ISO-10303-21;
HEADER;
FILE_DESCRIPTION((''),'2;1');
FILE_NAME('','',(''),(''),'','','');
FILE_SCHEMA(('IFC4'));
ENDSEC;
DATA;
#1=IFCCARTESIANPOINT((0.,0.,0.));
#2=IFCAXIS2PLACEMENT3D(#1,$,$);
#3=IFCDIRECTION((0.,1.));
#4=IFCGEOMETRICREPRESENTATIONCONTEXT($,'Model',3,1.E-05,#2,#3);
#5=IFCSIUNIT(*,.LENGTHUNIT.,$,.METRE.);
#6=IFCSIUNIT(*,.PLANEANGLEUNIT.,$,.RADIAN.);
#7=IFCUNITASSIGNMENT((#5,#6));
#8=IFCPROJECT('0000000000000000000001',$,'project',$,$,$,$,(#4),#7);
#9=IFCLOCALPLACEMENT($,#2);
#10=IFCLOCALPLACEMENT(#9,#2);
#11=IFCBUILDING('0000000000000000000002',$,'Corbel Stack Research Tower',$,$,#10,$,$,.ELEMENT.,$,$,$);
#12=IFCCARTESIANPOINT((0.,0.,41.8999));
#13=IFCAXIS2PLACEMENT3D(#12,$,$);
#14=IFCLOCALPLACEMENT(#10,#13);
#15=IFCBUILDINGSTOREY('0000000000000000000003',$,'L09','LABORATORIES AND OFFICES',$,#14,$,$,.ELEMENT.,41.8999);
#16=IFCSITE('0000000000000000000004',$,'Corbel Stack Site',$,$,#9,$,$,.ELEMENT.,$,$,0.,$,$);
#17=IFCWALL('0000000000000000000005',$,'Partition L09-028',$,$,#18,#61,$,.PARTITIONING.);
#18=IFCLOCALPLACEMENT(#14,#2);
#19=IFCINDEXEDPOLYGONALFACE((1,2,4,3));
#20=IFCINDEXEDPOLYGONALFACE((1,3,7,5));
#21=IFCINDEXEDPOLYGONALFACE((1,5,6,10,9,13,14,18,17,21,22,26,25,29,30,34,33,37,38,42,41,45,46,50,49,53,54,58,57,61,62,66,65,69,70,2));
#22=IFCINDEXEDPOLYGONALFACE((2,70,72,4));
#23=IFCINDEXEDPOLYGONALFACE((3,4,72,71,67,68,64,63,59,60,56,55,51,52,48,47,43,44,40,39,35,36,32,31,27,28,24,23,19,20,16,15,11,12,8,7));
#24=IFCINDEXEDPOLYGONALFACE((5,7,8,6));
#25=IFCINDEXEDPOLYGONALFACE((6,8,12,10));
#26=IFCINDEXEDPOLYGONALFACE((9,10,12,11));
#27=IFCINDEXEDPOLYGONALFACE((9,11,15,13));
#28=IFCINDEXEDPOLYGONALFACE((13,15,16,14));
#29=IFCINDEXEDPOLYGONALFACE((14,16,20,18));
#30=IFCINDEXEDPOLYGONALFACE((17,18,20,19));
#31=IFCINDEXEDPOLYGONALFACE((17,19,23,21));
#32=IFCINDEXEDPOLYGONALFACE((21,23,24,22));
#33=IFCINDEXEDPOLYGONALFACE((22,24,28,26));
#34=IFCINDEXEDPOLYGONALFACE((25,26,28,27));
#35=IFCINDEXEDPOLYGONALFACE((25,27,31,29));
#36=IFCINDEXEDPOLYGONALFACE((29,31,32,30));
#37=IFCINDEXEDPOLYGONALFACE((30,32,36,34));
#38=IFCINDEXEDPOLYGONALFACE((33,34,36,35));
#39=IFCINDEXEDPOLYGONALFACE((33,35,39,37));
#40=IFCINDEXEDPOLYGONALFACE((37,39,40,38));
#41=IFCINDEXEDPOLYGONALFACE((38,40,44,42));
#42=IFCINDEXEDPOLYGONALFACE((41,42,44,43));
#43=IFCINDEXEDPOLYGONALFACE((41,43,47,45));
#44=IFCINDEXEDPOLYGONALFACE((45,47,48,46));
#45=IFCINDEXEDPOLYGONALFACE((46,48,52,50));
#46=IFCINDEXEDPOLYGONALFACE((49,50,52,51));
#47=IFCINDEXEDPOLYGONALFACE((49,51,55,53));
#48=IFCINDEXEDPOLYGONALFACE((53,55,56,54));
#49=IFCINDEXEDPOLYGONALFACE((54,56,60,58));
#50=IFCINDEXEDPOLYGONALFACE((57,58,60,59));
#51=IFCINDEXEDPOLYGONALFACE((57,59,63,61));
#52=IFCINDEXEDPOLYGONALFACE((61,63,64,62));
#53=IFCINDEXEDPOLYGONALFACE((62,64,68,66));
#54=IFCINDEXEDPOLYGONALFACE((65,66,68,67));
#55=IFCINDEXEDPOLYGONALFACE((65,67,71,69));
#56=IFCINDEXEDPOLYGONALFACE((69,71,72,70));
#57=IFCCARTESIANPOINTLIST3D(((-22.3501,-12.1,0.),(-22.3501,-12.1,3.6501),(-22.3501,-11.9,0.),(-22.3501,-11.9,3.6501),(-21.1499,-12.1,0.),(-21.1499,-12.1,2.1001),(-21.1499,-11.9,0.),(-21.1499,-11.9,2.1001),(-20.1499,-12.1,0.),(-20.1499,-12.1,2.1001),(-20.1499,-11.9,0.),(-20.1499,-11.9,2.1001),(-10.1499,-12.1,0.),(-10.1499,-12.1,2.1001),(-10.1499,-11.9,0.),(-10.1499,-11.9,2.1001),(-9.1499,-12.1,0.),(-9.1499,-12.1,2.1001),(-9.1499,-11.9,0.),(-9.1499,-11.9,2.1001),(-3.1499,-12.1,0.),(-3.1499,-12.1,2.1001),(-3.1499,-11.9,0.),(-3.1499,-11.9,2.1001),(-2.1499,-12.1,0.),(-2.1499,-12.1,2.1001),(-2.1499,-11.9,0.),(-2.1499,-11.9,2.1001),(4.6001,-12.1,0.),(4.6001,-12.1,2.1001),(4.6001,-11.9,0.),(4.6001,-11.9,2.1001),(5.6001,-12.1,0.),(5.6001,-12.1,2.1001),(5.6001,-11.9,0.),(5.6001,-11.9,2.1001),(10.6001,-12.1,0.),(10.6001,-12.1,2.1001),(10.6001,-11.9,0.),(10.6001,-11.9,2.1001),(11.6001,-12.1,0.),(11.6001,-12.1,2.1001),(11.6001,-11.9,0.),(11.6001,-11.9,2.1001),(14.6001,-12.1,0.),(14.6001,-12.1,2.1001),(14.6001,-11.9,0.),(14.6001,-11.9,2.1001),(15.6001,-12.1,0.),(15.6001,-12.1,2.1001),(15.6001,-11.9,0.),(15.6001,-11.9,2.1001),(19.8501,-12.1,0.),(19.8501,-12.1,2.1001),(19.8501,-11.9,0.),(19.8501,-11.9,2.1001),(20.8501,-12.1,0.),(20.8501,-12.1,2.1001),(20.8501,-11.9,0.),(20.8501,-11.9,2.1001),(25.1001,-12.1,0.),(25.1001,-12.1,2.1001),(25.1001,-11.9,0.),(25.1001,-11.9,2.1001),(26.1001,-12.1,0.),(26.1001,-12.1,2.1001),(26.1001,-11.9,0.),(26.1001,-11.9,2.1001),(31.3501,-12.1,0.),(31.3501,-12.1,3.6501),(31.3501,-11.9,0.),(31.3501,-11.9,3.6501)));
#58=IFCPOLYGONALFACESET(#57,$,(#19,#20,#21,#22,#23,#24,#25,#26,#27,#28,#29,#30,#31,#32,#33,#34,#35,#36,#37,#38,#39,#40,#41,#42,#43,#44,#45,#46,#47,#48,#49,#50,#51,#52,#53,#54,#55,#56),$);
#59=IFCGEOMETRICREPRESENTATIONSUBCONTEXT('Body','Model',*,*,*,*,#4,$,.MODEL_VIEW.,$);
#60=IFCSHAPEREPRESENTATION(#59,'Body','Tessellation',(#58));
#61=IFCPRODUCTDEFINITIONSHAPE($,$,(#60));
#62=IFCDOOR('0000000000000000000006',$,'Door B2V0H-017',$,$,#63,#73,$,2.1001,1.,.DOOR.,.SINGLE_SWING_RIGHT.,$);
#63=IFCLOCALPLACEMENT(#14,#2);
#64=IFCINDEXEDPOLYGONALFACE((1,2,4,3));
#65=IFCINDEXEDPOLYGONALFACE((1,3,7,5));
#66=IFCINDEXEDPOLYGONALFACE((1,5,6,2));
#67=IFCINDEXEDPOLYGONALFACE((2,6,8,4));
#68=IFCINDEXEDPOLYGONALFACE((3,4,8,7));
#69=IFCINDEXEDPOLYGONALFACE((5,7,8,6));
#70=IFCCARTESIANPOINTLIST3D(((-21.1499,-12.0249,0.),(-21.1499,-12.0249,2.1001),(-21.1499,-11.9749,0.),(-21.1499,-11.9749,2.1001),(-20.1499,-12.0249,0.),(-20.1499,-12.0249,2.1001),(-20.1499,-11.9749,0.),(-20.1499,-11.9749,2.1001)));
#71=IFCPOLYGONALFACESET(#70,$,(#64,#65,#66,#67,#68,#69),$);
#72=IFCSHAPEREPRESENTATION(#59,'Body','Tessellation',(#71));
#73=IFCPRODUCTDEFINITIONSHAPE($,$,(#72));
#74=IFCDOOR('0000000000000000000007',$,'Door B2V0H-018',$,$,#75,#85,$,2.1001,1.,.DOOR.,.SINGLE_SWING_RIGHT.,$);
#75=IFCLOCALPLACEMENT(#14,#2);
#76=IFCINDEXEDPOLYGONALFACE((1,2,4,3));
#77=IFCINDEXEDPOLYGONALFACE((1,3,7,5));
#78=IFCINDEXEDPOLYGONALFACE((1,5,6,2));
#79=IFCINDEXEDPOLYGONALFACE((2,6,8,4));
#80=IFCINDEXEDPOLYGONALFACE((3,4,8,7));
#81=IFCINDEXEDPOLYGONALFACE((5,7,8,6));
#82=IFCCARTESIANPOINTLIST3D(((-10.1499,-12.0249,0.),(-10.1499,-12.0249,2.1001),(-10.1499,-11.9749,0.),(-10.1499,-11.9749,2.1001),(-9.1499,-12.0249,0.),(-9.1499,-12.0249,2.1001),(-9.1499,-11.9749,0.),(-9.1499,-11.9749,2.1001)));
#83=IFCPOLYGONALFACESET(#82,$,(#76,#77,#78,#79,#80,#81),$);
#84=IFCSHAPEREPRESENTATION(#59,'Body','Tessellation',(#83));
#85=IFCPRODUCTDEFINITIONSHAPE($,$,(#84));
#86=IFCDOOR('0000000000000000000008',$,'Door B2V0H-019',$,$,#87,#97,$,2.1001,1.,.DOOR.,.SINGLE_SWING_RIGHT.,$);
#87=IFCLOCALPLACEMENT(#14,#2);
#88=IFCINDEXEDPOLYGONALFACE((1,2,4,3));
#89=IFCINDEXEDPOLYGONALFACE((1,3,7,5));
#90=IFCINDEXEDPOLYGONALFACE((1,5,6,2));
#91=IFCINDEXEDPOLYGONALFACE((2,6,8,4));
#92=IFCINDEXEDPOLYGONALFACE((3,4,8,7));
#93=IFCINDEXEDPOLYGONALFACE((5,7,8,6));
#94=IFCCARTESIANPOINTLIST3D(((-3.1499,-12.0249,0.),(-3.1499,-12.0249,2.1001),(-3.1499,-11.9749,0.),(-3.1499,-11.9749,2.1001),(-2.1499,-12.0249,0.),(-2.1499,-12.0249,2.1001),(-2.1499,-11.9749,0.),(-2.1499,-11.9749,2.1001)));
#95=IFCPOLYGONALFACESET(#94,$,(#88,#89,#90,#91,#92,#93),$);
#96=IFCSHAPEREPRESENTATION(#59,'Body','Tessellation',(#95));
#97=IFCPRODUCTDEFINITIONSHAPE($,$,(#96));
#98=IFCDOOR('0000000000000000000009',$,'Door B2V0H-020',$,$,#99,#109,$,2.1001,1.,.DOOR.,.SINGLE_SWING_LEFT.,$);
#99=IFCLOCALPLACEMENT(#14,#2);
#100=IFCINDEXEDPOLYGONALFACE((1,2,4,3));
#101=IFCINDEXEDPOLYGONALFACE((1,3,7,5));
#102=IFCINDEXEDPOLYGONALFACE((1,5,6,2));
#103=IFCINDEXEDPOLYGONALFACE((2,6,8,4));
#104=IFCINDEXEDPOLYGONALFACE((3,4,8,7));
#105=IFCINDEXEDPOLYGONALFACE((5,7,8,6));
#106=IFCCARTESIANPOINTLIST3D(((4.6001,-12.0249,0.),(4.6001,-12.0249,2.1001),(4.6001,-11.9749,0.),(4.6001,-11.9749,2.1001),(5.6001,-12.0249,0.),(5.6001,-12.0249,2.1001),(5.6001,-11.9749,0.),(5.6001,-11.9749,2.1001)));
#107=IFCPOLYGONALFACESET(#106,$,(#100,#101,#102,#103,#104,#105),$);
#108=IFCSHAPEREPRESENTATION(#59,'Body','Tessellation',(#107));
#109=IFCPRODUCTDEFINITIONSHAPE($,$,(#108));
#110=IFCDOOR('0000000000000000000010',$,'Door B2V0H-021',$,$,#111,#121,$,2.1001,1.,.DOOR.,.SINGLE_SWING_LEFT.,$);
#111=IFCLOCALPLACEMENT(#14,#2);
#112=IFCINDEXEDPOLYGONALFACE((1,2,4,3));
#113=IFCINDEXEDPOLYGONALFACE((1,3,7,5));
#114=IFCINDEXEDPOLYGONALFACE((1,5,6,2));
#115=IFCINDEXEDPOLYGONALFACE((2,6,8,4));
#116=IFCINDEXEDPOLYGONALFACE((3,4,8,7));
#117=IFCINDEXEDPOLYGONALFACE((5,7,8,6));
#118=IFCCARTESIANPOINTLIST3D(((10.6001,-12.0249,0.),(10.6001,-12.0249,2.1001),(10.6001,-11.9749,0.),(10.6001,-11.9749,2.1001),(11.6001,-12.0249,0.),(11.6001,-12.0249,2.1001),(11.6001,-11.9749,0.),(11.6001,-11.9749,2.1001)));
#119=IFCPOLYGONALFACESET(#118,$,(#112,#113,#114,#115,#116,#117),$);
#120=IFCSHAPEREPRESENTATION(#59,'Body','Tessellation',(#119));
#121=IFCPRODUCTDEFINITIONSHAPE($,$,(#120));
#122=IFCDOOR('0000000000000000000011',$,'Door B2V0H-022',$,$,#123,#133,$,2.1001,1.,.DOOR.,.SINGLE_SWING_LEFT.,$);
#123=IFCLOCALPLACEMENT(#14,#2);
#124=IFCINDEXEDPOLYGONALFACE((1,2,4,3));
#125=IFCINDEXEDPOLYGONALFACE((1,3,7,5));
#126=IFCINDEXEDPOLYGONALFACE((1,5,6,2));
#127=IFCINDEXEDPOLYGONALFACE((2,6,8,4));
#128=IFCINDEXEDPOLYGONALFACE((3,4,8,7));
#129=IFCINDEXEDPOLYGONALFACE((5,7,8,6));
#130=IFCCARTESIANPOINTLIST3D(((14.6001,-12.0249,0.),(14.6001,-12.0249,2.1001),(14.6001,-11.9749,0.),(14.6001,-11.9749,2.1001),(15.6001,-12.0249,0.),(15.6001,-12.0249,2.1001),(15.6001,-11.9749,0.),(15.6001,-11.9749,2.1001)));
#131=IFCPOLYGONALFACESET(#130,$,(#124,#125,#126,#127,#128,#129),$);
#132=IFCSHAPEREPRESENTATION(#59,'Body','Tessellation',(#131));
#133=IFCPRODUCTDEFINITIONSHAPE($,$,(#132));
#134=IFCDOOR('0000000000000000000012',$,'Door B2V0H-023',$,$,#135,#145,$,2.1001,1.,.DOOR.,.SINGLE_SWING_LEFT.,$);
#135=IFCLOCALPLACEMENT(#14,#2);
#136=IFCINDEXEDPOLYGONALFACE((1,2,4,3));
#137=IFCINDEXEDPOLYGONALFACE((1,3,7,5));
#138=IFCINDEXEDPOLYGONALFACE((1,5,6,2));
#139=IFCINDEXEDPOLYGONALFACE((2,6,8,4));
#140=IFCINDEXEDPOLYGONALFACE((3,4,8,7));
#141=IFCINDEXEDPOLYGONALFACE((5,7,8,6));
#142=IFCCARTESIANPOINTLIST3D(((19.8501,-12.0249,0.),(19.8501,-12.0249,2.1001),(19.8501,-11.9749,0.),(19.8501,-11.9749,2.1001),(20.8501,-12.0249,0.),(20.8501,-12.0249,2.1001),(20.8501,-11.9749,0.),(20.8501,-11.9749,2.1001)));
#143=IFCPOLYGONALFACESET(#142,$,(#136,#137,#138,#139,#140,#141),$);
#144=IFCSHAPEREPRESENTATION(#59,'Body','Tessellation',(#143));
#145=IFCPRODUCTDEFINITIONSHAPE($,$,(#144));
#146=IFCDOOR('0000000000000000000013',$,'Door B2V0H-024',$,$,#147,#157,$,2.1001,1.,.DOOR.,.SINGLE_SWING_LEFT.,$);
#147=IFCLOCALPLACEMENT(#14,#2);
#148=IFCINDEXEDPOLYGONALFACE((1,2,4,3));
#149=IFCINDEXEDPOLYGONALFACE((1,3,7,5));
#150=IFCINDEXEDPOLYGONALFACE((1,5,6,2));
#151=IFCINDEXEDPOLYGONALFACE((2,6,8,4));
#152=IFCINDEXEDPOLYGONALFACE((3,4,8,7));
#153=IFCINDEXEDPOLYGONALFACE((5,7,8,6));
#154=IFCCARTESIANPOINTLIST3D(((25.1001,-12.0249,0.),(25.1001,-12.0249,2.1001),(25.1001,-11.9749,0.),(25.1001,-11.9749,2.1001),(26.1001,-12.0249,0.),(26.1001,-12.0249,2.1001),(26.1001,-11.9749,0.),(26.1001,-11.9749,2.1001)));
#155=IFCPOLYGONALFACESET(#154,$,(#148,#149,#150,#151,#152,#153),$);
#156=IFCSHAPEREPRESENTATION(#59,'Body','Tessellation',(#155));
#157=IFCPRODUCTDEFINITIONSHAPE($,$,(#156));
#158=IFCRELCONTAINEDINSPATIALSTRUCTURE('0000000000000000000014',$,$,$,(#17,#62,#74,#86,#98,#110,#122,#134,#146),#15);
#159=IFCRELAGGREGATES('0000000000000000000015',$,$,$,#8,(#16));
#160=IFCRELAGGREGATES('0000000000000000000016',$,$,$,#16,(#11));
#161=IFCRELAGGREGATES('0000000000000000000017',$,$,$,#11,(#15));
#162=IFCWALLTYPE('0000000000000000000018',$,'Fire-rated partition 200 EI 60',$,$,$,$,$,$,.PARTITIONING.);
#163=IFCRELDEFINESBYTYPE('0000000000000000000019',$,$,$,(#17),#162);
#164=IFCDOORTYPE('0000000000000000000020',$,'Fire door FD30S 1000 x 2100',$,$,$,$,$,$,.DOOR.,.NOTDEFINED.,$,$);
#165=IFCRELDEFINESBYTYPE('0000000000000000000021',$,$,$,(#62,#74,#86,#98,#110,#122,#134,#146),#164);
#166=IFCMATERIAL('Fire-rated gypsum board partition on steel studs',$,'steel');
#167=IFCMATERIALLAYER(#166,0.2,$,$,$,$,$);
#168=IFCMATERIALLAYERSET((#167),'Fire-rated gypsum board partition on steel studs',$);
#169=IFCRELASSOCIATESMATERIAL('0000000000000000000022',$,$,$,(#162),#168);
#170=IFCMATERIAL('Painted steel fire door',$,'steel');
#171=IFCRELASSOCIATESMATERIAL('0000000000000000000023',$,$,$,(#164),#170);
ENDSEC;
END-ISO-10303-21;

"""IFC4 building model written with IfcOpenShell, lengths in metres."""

from ifc_helpers import new_model, si_unit, direction, frame, frame_2d, origin, place, context, subcontext, project, spatial, rectangle, extrude, material, layer, layer_set, type_object, element, fill, save


model = new_model("IFC4")

# Units and contexts
model_context = context("Model", 3, precision=1e-05, world=origin(), true_north=direction((0.0, 1.0)))
body_context = subcontext(model_context, "Body", "Model", "MODEL_VIEW")
ifc_project = project(units=[si_unit("LENGTHUNIT", "METRE"), si_unit("PLANEANGLEUNIT", "RADIAN")], contexts=[model_context])

# Site, building, storey
site_placement = place(None, origin())
site = spatial("IfcSite", under=ifc_project, at=site_placement, Name="Corbel Stack Site", CompositionType="ELEMENT", RefElevation=0.0)
building_placement = place(site_placement, origin())
building = spatial("IfcBuilding", under=site, at=building_placement, Name="Corbel Stack Research Tower", CompositionType="ELEMENT")
storey_placement = place(building_placement, frame((0.0, 0.0, 41.8999)))
storey = spatial("IfcBuildingStorey", under=building, at=storey_placement, Name="L09", Description="LABORATORIES AND OFFICES", CompositionType="ELEMENT", Elevation=41.8999)

# Shared definitions
ifc_material_1 = material(Name="Fire-rated gypsum board partition on steel studs", Category="steel")
ifc_layer_1 = layer(ifc_material_1, 0.2)
ifc_layer_set_1 = layer_set([ifc_layer_1], Name="Fire-rated gypsum board partition on steel studs")
wall_type_1 = type_object("IfcWallType", Name="Fire-rated partition 200 EI 60", PredefinedType="PARTITIONING", material=ifc_layer_set_1)

# Wall, openings, doors
wall_1_placement = place(storey_placement, frame((31.3501, -12.0, 0.0), z_axis=(0.0, 0.0, 1.0), x_axis=(-1.0, 0.0, 0.0)))
wall_1 = element("IfcWall", 1, at=wall_1_placement, inside=storey, type_object=wall_type_1, Name="Partition L09-028", PredefinedType="PARTITIONING", context=body_context, shape_type="SweptSolid", body=[
    extrude(rectangle(XDim=53.7002, YDim=0.2, at=frame_2d((26.8501, 0.0))), origin(), (0.0, 0.0, 1.0), 3.6501),
])
opening_1_placement = place(wall_1_placement, frame((51.5, 0.0, 0.0)))
opening_1 = element("IfcOpeningElement", 2, at=opening_1_placement, cuts=wall_1, PredefinedType="OPENING", context=body_context, shape_type="SweptSolid", body=[
    extrude(rectangle(XDim=1.0, YDim=2.1001, at=frame_2d((0.5, 1.05))), frame((0.0, 0.1099, 0.0), z_axis=(0.0, -1.0, 0.0), x_axis=(1.0, 0.0, 0.0)), (0.0, 0.0, 1.0), 0.22),
])
opening_2_placement = place(wall_1_placement, frame((40.5, 0.0, 0.0)))
opening_2 = element("IfcOpeningElement", 3, at=opening_2_placement, cuts=wall_1, PredefinedType="OPENING", context=body_context, shape_type="SweptSolid", body=[
    extrude(rectangle(XDim=1.0, YDim=2.1001, at=frame_2d((0.5, 1.05))), frame((0.0, 0.1099, 0.0), z_axis=(0.0, -1.0, 0.0), x_axis=(1.0, 0.0, 0.0)), (0.0, 0.0, 1.0), 0.22),
])
opening_3_placement = place(wall_1_placement, frame((33.5, 0.0, 0.0)))
opening_3 = element("IfcOpeningElement", 4, at=opening_3_placement, cuts=wall_1, PredefinedType="OPENING", context=body_context, shape_type="SweptSolid", body=[
    extrude(rectangle(XDim=1.0, YDim=2.1001, at=frame_2d((0.5, 1.05))), frame((0.0, 0.1099, 0.0), z_axis=(0.0, -1.0, 0.0), x_axis=(1.0, 0.0, 0.0)), (0.0, 0.0, 1.0), 0.22),
])
opening_4_placement = place(wall_1_placement, frame((25.75, 0.0, 0.0)))
opening_4 = element("IfcOpeningElement", 5, at=opening_4_placement, cuts=wall_1, PredefinedType="OPENING", context=body_context, shape_type="SweptSolid", body=[
    extrude(rectangle(XDim=1.0, YDim=2.1001, at=frame_2d((0.5, 1.05))), frame((0.0, 0.1099, 0.0), z_axis=(0.0, -1.0, 0.0), x_axis=(1.0, 0.0, 0.0)), (0.0, 0.0, 1.0), 0.22),
])
opening_5_placement = place(wall_1_placement, frame((19.75, 0.0, 0.0)))
opening_5 = element("IfcOpeningElement", 6, at=opening_5_placement, cuts=wall_1, PredefinedType="OPENING", context=body_context, shape_type="SweptSolid", body=[
    extrude(rectangle(XDim=1.0, YDim=2.1001, at=frame_2d((0.5, 1.05))), frame((0.0, 0.1099, 0.0), z_axis=(0.0, -1.0, 0.0), x_axis=(1.0, 0.0, 0.0)), (0.0, 0.0, 1.0), 0.22),
])
opening_6_placement = place(wall_1_placement, frame((15.75, 0.0, 0.0)))
opening_6 = element("IfcOpeningElement", 7, at=opening_6_placement, cuts=wall_1, PredefinedType="OPENING", context=body_context, shape_type="SweptSolid", body=[
    extrude(rectangle(XDim=1.0, YDim=2.1001, at=frame_2d((0.5, 1.05))), frame((0.0, 0.1099, 0.0), z_axis=(0.0, -1.0, 0.0), x_axis=(1.0, 0.0, 0.0)), (0.0, 0.0, 1.0), 0.22),
])
opening_7_placement = place(wall_1_placement, frame((10.5, 0.0, 0.0)))
opening_7 = element("IfcOpeningElement", 8, at=opening_7_placement, cuts=wall_1, PredefinedType="OPENING", context=body_context, shape_type="SweptSolid", body=[
    extrude(rectangle(XDim=1.0, YDim=2.1001, at=frame_2d((0.5, 1.05))), frame((0.0, 0.1099, 0.0), z_axis=(0.0, -1.0, 0.0), x_axis=(1.0, 0.0, 0.0)), (0.0, 0.0, 1.0), 0.22),
])
opening_8_placement = place(wall_1_placement, frame((5.25, 0.0, 0.0)))
opening_8 = element("IfcOpeningElement", 9, at=opening_8_placement, cuts=wall_1, PredefinedType="OPENING", context=body_context, shape_type="SweptSolid", body=[
    extrude(rectangle(XDim=1.0, YDim=2.1001, at=frame_2d((0.5, 1.05))), frame((0.0, 0.1099, 0.0), z_axis=(0.0, -1.0, 0.0), x_axis=(1.0, 0.0, 0.0)), (0.0, 0.0, 1.0), 0.22),
])
ifc_material_2 = material(Name="Painted steel fire door", Category="steel")
door_type_1 = type_object("IfcDoorType", Name="Fire door FD30S 1000 x 2100", OperationType="NOTDEFINED", PredefinedType="DOOR", material=ifc_material_2)
door_1_placement = place(opening_1_placement, origin())
door_1 = element("IfcDoor", 10, at=door_1_placement, inside=storey, type_object=door_type_1, Name="Door B2V0H-017", OperationType="SINGLE_SWING_RIGHT", OverallHeight=2.1001, OverallWidth=1.0, PredefinedType="DOOR", context=body_context, shape_type="SweptSolid", body=[
    extrude(rectangle(XDim=1.0, YDim=2.1001, at=frame_2d((0.5, 1.05))), frame((0.0, 0.0249, 0.0), z_axis=(0.0, -1.0, 0.0), x_axis=(1.0, 0.0, 0.0)), (0.0, 0.0, 1.0), 0.05),
])
fill(opening_1, door_1)
door_2_placement = place(opening_2_placement, origin())
door_2 = element("IfcDoor", 11, at=door_2_placement, inside=storey, type_object=door_type_1, Name="Door B2V0H-018", OperationType="SINGLE_SWING_RIGHT", OverallHeight=2.1001, OverallWidth=1.0, PredefinedType="DOOR", context=body_context, shape_type="SweptSolid", body=[
    extrude(rectangle(XDim=1.0, YDim=2.1001, at=frame_2d((0.5, 1.05))), frame((0.0, 0.0249, 0.0), z_axis=(0.0, -1.0, 0.0), x_axis=(1.0, 0.0, 0.0)), (0.0, 0.0, 1.0), 0.05),
])
fill(opening_2, door_2)
door_3_placement = place(opening_3_placement, origin())
door_3 = element("IfcDoor", 12, at=door_3_placement, inside=storey, type_object=door_type_1, Name="Door B2V0H-019", OperationType="SINGLE_SWING_RIGHT", OverallHeight=2.1001, OverallWidth=1.0, PredefinedType="DOOR", context=body_context, shape_type="SweptSolid", body=[
    extrude(rectangle(XDim=1.0, YDim=2.1001, at=frame_2d((0.5, 1.05))), frame((0.0, 0.0249, 0.0), z_axis=(0.0, -1.0, 0.0), x_axis=(1.0, 0.0, 0.0)), (0.0, 0.0, 1.0), 0.05),
])
fill(opening_3, door_3)
door_4_placement = place(opening_4_placement, origin())
door_4 = element("IfcDoor", 13, at=door_4_placement, inside=storey, type_object=door_type_1, Name="Door B2V0H-020", OperationType="SINGLE_SWING_LEFT", OverallHeight=2.1001, OverallWidth=1.0, PredefinedType="DOOR", context=body_context, shape_type="SweptSolid", body=[
    extrude(rectangle(XDim=1.0, YDim=2.1001, at=frame_2d((0.5, 1.05))), frame((0.0, 0.0249, 0.0), z_axis=(0.0, -1.0, 0.0), x_axis=(1.0, 0.0, 0.0)), (0.0, 0.0, 1.0), 0.05),
])
fill(opening_4, door_4)
door_5_placement = place(opening_5_placement, origin())
door_5 = element("IfcDoor", 14, at=door_5_placement, inside=storey, type_object=door_type_1, Name="Door B2V0H-021", OperationType="SINGLE_SWING_LEFT", OverallHeight=2.1001, OverallWidth=1.0, PredefinedType="DOOR", context=body_context, shape_type="SweptSolid", body=[
    extrude(rectangle(XDim=1.0, YDim=2.1001, at=frame_2d((0.5, 1.05))), frame((0.0, 0.0249, 0.0), z_axis=(0.0, -1.0, 0.0), x_axis=(1.0, 0.0, 0.0)), (0.0, 0.0, 1.0), 0.05),
])
fill(opening_5, door_5)
door_6_placement = place(opening_6_placement, origin())
door_6 = element("IfcDoor", 15, at=door_6_placement, inside=storey, type_object=door_type_1, Name="Door B2V0H-022", OperationType="SINGLE_SWING_LEFT", OverallHeight=2.1001, OverallWidth=1.0, PredefinedType="DOOR", context=body_context, shape_type="SweptSolid", body=[
    extrude(rectangle(XDim=1.0, YDim=2.1001, at=frame_2d((0.5, 1.05))), frame((0.0, 0.0249, 0.0), z_axis=(0.0, -1.0, 0.0), x_axis=(1.0, 0.0, 0.0)), (0.0, 0.0, 1.0), 0.05),
])
fill(opening_6, door_6)
door_7_placement = place(opening_7_placement, origin())
door_7 = element("IfcDoor", 16, at=door_7_placement, inside=storey, type_object=door_type_1, Name="Door B2V0H-023", OperationType="SINGLE_SWING_LEFT", OverallHeight=2.1001, OverallWidth=1.0, PredefinedType="DOOR", context=body_context, shape_type="SweptSolid", body=[
    extrude(rectangle(XDim=1.0, YDim=2.1001, at=frame_2d((0.5, 1.05))), frame((0.0, 0.0249, 0.0), z_axis=(0.0, -1.0, 0.0), x_axis=(1.0, 0.0, 0.0)), (0.0, 0.0, 1.0), 0.05),
])
fill(opening_7, door_7)
door_8_placement = place(opening_8_placement, origin())
door_8 = element("IfcDoor", 17, at=door_8_placement, inside=storey, type_object=door_type_1, Name="Door B2V0H-024", OperationType="SINGLE_SWING_LEFT", OverallHeight=2.1001, OverallWidth=1.0, PredefinedType="DOOR", context=body_context, shape_type="SweptSolid", body=[
    extrude(rectangle(XDim=1.0, YDim=2.1001, at=frame_2d((0.5, 1.05))), frame((0.0, 0.0249, 0.0), z_axis=(0.0, -1.0, 0.0), x_axis=(1.0, 0.0, 0.0)), (0.0, 0.0, 1.0), 0.05),
])
fill(opening_8, door_8)

save(model, "model.ifc")
